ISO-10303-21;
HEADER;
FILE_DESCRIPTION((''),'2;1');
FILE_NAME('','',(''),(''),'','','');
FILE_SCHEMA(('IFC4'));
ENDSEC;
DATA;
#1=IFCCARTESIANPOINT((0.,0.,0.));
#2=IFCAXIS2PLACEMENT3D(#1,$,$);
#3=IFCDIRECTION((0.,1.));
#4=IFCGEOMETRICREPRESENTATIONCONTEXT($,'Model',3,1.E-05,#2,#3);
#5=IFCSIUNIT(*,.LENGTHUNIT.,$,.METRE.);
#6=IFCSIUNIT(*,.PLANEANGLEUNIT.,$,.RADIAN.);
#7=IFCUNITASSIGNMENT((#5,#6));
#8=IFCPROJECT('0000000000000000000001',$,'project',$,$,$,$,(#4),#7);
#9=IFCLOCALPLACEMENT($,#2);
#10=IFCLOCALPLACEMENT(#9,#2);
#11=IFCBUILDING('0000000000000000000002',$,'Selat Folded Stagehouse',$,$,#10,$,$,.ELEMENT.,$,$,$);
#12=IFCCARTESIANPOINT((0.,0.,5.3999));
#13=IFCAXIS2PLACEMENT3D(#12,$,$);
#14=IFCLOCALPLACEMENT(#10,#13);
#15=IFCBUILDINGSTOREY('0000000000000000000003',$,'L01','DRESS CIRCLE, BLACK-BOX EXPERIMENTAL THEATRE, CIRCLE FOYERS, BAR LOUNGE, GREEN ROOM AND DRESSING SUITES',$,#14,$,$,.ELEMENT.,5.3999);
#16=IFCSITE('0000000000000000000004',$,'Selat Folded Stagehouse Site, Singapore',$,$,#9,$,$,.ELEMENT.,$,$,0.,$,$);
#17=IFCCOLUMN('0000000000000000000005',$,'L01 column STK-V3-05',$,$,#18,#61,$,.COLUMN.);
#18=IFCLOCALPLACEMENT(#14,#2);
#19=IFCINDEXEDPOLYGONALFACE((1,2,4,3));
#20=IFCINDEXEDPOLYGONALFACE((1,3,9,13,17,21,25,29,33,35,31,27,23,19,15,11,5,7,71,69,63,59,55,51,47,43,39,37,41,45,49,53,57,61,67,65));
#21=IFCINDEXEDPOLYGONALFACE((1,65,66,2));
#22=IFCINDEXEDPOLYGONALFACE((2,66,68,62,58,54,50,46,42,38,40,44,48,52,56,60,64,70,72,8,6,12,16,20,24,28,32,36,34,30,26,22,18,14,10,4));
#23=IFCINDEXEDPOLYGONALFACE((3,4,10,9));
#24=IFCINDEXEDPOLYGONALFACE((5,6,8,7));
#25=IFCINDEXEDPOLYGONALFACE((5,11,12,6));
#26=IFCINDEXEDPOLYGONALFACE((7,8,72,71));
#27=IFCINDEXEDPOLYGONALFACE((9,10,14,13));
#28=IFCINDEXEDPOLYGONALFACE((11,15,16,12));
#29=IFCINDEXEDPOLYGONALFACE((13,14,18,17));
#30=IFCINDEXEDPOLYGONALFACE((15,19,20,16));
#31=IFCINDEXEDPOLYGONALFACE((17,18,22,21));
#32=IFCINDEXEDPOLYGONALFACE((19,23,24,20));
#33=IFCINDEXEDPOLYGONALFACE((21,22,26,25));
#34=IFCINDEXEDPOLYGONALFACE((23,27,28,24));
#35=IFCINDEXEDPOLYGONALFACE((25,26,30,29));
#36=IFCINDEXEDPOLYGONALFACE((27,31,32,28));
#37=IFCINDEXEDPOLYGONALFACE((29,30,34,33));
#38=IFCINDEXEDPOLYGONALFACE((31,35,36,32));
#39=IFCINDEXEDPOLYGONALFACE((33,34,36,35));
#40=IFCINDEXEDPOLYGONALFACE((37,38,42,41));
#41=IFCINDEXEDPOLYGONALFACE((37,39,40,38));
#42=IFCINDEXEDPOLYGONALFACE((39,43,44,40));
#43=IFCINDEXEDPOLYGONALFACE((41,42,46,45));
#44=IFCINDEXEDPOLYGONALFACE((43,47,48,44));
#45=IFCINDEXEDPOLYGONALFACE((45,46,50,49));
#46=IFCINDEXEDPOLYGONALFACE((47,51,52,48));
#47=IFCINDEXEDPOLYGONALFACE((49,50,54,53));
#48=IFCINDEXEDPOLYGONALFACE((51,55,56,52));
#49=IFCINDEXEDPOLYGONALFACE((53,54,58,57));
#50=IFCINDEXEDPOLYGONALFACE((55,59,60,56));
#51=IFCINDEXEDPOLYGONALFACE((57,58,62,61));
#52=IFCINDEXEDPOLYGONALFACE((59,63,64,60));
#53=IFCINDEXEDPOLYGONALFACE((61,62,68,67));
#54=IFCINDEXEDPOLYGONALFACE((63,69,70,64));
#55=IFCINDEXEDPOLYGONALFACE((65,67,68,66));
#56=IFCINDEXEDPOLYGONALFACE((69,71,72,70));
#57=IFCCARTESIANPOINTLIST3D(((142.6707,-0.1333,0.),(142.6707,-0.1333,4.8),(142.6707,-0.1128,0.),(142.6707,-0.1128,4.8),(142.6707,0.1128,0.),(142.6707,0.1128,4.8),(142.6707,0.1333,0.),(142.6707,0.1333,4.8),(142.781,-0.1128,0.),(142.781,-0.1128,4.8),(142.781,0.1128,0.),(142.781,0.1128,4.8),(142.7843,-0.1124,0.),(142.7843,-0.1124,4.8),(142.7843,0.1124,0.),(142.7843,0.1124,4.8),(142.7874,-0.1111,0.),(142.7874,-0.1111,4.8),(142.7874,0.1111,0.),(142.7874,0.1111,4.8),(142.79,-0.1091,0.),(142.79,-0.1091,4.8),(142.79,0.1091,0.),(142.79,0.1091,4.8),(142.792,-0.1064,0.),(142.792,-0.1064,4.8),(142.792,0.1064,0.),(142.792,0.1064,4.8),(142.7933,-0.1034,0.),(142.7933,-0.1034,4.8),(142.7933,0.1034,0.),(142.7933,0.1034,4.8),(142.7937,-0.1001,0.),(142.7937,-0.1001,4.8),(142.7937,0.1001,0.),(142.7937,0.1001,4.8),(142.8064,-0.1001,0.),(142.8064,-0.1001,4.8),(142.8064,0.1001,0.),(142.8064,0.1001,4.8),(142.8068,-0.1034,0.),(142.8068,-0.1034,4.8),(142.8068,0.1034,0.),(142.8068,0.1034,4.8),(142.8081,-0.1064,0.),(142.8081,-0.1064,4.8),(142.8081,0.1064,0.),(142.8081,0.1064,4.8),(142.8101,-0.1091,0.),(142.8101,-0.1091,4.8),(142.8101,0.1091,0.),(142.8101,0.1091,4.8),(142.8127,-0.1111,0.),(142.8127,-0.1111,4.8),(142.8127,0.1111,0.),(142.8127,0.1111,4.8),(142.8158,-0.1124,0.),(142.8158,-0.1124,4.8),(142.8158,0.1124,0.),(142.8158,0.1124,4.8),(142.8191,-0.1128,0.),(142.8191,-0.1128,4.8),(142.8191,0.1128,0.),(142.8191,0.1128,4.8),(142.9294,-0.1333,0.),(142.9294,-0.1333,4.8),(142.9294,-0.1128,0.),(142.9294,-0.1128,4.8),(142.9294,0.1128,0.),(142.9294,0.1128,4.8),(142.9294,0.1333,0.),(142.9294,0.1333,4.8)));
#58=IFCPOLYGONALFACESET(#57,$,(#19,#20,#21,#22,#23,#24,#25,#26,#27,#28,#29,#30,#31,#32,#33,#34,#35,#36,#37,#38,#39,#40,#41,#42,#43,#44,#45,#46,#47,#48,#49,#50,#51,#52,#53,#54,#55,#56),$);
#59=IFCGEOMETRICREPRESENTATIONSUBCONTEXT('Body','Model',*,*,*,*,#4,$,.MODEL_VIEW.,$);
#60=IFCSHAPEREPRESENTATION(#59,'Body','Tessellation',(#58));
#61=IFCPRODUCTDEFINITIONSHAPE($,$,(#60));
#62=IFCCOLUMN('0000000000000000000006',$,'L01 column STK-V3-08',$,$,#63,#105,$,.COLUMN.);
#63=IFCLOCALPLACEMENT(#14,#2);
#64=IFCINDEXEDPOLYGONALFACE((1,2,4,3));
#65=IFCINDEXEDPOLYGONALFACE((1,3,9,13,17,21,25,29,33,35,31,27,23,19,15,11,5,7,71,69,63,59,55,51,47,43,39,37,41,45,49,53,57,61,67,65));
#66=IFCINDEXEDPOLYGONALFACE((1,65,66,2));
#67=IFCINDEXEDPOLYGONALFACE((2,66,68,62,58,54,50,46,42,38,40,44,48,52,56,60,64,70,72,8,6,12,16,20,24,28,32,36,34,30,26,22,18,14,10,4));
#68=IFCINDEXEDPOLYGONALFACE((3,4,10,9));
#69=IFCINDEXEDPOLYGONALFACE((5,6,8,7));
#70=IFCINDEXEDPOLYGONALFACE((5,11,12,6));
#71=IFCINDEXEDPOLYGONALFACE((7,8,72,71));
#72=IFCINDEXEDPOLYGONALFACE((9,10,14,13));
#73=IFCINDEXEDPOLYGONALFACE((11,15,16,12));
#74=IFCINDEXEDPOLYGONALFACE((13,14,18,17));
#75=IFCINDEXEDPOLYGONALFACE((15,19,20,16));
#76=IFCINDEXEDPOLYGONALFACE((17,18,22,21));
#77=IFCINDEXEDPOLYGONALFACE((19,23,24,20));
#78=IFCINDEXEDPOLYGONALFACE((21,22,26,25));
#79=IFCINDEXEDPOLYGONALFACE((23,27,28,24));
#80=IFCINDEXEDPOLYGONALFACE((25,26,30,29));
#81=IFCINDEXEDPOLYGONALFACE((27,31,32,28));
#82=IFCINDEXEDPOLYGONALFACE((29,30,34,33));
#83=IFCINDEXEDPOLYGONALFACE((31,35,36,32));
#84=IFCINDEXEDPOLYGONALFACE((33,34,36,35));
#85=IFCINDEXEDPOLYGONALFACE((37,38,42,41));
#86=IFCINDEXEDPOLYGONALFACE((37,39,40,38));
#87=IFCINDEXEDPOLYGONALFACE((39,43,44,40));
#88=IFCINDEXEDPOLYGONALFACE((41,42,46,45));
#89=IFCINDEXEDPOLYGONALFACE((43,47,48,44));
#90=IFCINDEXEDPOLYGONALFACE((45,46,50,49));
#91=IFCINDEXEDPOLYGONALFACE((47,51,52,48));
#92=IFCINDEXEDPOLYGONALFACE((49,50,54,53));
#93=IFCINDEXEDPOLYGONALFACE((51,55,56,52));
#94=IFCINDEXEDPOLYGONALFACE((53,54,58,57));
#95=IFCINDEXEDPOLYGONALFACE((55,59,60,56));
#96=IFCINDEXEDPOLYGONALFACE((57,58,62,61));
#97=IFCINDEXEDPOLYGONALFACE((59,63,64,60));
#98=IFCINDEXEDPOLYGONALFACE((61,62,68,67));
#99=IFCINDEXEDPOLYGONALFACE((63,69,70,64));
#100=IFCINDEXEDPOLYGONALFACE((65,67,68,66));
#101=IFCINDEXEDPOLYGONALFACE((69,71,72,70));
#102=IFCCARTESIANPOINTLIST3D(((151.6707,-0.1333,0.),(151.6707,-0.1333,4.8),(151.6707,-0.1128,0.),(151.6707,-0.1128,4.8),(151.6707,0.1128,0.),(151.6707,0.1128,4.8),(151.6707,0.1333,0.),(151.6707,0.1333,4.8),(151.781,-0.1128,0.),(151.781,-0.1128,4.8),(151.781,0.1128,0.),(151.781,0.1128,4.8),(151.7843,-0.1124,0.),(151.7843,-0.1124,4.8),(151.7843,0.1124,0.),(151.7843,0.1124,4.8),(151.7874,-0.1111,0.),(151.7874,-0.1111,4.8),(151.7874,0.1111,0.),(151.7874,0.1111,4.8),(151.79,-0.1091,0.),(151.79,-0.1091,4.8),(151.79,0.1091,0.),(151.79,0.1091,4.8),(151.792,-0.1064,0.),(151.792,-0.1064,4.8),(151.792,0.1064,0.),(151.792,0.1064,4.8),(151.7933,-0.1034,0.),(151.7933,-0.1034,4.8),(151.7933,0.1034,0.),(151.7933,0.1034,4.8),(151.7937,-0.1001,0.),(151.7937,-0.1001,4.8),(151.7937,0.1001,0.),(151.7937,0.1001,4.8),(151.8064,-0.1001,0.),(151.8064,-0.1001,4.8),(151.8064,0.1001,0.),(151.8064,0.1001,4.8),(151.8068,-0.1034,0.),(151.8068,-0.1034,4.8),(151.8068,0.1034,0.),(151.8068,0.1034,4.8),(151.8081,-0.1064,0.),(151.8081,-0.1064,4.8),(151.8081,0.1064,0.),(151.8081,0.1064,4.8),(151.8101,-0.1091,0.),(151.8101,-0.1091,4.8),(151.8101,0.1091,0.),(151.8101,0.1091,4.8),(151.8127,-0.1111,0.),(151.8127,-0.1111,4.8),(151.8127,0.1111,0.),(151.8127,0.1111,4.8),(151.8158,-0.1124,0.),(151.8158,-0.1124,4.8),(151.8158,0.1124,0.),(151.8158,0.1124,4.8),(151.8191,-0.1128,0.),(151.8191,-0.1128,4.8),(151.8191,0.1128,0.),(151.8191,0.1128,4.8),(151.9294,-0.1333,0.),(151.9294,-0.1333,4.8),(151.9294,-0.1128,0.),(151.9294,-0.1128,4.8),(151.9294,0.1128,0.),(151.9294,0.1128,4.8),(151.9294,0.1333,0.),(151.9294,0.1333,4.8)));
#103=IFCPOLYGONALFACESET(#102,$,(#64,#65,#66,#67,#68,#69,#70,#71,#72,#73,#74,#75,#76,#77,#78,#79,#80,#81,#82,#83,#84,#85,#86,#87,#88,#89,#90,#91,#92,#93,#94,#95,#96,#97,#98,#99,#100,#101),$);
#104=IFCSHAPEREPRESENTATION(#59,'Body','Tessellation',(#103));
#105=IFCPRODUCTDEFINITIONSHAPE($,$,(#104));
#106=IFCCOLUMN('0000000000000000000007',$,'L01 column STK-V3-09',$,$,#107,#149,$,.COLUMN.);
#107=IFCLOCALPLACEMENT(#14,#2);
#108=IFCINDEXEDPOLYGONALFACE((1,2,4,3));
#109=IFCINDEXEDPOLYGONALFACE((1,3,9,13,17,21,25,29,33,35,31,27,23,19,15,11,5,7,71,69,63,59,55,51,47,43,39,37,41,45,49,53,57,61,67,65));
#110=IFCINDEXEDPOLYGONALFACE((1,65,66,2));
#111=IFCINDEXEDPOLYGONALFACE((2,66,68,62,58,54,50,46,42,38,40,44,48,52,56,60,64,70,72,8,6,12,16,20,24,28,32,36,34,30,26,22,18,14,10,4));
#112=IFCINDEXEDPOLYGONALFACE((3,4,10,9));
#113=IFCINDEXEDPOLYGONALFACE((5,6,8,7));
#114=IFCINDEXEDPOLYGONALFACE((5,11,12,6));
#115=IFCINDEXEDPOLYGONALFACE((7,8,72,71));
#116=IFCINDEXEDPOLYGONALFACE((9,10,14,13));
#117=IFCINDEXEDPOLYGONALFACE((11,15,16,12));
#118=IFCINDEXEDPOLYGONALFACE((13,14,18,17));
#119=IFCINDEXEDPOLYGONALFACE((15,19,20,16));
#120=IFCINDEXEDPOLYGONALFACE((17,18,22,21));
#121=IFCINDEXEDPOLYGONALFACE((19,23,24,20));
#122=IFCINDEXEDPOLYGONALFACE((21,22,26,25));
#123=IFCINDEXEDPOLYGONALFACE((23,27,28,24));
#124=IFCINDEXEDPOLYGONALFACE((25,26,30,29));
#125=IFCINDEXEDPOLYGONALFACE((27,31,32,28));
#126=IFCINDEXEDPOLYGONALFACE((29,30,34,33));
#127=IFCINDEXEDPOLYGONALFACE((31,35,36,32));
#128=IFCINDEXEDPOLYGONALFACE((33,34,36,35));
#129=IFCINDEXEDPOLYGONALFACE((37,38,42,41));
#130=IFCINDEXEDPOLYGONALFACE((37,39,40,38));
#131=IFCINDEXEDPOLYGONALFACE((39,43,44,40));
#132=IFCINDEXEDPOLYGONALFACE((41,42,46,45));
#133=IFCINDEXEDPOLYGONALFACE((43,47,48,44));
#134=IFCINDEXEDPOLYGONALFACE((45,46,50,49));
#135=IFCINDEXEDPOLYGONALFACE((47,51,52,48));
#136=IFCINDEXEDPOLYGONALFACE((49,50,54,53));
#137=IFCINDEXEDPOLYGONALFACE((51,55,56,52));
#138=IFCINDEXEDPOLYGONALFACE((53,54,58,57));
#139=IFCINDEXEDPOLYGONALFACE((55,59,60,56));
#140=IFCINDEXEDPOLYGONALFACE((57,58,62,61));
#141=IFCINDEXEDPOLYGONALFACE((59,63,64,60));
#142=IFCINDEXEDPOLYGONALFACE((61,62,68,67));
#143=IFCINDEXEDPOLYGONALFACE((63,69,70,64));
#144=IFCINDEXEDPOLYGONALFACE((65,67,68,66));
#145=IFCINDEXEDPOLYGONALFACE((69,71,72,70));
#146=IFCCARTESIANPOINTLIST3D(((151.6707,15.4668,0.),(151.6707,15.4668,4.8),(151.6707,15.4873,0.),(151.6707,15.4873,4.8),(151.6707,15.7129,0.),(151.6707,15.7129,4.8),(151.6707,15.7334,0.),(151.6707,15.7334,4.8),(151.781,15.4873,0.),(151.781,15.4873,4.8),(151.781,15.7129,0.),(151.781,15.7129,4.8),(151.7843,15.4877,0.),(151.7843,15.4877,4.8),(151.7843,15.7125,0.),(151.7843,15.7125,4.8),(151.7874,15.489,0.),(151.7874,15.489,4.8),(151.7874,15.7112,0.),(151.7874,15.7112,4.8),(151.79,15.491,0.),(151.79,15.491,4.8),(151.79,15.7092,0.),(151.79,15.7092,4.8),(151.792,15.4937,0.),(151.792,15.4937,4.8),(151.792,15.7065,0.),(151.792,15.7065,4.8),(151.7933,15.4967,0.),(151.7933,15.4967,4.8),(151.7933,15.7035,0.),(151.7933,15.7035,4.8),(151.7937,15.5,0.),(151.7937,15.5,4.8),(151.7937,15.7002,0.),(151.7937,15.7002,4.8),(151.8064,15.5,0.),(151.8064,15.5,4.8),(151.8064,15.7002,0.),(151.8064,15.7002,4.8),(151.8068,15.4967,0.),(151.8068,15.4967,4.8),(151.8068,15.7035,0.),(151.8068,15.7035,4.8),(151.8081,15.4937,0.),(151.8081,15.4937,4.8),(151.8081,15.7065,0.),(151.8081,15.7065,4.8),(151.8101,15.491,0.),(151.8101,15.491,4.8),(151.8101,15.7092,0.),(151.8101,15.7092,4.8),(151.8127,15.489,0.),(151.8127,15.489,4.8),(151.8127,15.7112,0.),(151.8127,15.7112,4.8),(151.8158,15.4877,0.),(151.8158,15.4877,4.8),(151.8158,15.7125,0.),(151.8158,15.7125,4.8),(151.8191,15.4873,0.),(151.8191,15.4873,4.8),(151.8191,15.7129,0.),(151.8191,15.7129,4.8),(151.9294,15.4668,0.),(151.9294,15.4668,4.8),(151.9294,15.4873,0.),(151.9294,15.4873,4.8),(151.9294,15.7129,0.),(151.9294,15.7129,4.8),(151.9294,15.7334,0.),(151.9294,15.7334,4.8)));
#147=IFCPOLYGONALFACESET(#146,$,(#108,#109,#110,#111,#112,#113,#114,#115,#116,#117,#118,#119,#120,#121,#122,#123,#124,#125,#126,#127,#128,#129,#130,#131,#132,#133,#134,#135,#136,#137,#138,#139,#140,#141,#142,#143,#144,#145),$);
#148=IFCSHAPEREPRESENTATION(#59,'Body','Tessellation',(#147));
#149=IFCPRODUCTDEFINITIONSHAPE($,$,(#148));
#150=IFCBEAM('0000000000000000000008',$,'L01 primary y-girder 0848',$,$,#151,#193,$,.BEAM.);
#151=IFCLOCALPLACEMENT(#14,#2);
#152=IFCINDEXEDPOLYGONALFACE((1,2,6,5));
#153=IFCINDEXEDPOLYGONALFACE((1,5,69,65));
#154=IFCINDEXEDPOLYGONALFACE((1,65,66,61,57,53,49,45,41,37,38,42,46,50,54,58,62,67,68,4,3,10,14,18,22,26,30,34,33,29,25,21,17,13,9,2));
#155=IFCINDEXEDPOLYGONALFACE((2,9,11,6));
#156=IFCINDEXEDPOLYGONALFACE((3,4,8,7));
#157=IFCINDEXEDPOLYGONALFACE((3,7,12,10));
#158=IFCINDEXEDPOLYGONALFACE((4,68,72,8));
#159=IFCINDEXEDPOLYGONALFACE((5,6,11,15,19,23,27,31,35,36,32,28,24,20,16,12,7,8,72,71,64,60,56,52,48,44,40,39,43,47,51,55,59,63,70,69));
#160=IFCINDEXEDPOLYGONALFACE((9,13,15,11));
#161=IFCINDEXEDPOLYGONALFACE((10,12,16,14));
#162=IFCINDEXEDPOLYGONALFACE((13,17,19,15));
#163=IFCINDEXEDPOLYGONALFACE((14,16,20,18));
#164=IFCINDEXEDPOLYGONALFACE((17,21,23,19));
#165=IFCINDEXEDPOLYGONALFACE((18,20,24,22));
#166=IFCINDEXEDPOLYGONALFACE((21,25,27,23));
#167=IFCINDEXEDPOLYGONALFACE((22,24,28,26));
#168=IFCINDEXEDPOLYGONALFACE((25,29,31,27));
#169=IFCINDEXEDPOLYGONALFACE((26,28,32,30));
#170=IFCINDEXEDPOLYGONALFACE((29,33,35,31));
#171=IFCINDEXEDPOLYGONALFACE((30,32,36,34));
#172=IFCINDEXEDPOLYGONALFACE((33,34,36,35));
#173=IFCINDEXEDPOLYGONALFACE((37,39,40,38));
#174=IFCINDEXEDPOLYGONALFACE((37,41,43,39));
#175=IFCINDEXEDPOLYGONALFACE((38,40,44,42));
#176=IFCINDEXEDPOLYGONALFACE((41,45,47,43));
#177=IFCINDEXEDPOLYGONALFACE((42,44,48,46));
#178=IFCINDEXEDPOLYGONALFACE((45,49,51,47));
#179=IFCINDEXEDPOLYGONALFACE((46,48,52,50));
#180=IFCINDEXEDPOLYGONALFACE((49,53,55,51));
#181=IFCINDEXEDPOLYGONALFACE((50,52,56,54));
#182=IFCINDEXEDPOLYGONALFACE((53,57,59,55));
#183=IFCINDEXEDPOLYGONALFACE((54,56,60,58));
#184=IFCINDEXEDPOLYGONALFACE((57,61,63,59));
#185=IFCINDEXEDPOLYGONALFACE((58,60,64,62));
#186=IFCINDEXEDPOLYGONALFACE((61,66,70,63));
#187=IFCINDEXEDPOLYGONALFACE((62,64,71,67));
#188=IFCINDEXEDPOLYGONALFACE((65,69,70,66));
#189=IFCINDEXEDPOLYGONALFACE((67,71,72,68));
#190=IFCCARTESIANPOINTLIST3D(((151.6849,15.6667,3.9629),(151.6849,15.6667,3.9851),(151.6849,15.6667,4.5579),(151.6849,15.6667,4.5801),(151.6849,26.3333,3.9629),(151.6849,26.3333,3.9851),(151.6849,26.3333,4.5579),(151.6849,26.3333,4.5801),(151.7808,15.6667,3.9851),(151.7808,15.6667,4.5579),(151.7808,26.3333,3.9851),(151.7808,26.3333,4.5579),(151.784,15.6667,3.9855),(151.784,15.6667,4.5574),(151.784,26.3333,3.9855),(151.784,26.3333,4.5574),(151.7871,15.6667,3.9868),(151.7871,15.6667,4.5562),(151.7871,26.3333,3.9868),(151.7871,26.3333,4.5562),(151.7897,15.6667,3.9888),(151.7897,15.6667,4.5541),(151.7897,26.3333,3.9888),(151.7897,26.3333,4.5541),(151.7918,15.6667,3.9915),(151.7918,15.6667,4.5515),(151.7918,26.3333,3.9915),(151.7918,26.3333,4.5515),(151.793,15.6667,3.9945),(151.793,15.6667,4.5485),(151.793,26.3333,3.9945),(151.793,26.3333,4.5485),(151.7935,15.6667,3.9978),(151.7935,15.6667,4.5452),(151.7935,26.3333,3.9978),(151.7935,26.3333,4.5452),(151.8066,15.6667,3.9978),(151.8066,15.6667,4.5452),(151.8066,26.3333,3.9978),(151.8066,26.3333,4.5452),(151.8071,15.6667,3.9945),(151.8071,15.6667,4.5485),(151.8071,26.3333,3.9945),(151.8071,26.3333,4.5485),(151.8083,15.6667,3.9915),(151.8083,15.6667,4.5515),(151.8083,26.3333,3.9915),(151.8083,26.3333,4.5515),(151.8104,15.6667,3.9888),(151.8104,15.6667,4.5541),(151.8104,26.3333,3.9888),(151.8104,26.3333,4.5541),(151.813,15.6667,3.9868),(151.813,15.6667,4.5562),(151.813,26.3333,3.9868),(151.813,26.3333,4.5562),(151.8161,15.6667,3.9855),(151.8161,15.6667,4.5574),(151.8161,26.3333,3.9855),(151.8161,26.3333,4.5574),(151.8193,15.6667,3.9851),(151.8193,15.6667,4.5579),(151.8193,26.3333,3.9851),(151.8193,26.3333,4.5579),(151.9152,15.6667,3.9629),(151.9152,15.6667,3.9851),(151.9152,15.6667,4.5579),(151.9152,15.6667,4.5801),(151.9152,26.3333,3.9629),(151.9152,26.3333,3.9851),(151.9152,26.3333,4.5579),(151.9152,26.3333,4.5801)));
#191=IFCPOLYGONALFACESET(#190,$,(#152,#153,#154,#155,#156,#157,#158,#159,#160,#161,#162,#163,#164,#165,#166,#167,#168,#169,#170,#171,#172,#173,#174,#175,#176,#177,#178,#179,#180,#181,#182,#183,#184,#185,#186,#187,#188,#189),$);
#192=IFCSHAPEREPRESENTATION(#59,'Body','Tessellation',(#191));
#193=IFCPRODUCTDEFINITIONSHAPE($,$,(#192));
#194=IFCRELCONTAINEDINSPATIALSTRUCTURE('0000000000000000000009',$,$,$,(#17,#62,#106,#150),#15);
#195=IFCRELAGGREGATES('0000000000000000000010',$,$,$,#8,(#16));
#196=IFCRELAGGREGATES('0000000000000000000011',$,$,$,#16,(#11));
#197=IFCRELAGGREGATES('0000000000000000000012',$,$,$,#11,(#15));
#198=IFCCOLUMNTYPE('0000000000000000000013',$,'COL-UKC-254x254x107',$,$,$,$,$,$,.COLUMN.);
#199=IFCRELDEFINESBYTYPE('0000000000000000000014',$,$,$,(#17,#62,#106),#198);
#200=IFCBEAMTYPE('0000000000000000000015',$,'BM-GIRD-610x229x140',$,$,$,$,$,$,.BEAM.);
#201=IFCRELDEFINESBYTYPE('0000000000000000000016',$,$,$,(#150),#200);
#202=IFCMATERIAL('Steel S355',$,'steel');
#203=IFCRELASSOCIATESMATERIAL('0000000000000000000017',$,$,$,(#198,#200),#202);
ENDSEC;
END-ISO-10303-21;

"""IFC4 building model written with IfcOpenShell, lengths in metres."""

from ifc_helpers import new_model, si_unit, direction, frame, origin, origin_2d, place, context, subcontext, project, spatial, i_section, extrude, material, material_profile, profile_set, type_object, element, save


model = new_model("IFC4")

# Units and contexts
model_context = context("Model", 3, precision=1e-05, world=origin(), true_north=direction((0.0, 1.0)))
body_context = subcontext(model_context, "Body", "Model", "MODEL_VIEW")
ifc_project = project(units=[si_unit("LENGTHUNIT", "METRE"), si_unit("PLANEANGLEUNIT", "RADIAN")], contexts=[model_context])

# Site, building, storey
site_placement = place(None, origin())
site = spatial("IfcSite", under=ifc_project, at=site_placement, Name="Selat Folded Stagehouse Site, Singapore", CompositionType="ELEMENT", RefElevation=0.0)
building_placement = place(site_placement, origin())
building = spatial("IfcBuilding", under=site, at=building_placement, Name="Selat Folded Stagehouse", CompositionType="ELEMENT")
storey_placement = place(building_placement, frame((0.0, 0.0, 5.3999)))
storey = spatial("IfcBuildingStorey", under=building, at=storey_placement, Name="L01", Description="DRESS CIRCLE, BLACK-BOX EXPERIMENTAL THEATRE, CIRCLE FOYERS, BAR LOUNGE, GREEN ROOM AND DRESSING SUITES", CompositionType="ELEMENT", Elevation=5.3999)

# Columns
ifc_material_1 = material(Name="Steel S355", Category="steel")
ifc_material_profile_1 = material_profile(ifc_material_1, i_section(OverallWidth=0.2588, OverallDepth=0.2666, WebThickness=0.0127, FlangeThickness=0.0205, FilletRadius=0.0127, at=origin_2d()), Name="UKC 254x254x107")
ifc_profile_set_1 = profile_set([ifc_material_profile_1], Name="Steel S355")
column_type = type_object("IfcColumnType", Name="COL-UKC-254x254x107", PredefinedType="COLUMN", material=ifc_profile_set_1)
for number, where, z_axis, x_axis, name in (
    (1, (142.8, 0.0, 0.0), (0.0, 0.0, 1.0), (1.0, 0.0, 0.0), "L01 column STK-V3-05"),
    (2, (151.8, 0.0, 0.0), (0.0, 0.0, 1.0), (1.0, 0.0, 0.0), "L01 column STK-V3-08"),
    (3, (151.8, 15.6001, 0.0), (0.0, 0.0, 1.0), (1.0, 0.0, 0.0), "L01 column STK-V3-09"),
):
    element("IfcColumn", number, at=place(storey_placement, frame(where, z_axis=z_axis, x_axis=x_axis)), inside=storey, type_object=column_type, Name=name, PredefinedType="COLUMN", context=body_context, shape_type="SweptSolid", body=[
        extrude(i_section(OverallWidth=0.2588, OverallDepth=0.2666, WebThickness=0.0127, FlangeThickness=0.0205, FilletRadius=0.0127, at=origin_2d()), origin(), (0.0, 0.0, 1.0), 4.8),
    ])

# Beam
ifc_material_profile_2 = material_profile(ifc_material_1, i_section(OverallWidth=0.2302, OverallDepth=0.6172, WebThickness=0.0132, FlangeThickness=0.0222, FilletRadius=0.0127, at=origin_2d()), Name="UKB 610x229x140")
ifc_profile_set_2 = profile_set([ifc_material_profile_2], Name="Steel S355")
beam_type_1 = type_object("IfcBeamType", Name="BM-GIRD-610x229x140", PredefinedType="BEAM", material=ifc_profile_set_2)
beam_1_placement = place(storey_placement, frame((151.8, 15.6667, 4.2715), z_axis=(0.0, 1.0, 0.0), x_axis=(-1.0, 0.0, 0.0)))
element("IfcBeam", 4, at=beam_1_placement, inside=storey, type_object=beam_type_1, Name="L01 primary y-girder 0848", PredefinedType="BEAM", context=body_context, shape_type="SweptSolid", body=[
    extrude(i_section(OverallWidth=0.2302, OverallDepth=0.6172, WebThickness=0.0132, FlangeThickness=0.0222, FilletRadius=0.0127, at=origin_2d()), origin(), (0.0, 0.0, 1.0), 10.6665),
])

save(model, "model.ifc")
